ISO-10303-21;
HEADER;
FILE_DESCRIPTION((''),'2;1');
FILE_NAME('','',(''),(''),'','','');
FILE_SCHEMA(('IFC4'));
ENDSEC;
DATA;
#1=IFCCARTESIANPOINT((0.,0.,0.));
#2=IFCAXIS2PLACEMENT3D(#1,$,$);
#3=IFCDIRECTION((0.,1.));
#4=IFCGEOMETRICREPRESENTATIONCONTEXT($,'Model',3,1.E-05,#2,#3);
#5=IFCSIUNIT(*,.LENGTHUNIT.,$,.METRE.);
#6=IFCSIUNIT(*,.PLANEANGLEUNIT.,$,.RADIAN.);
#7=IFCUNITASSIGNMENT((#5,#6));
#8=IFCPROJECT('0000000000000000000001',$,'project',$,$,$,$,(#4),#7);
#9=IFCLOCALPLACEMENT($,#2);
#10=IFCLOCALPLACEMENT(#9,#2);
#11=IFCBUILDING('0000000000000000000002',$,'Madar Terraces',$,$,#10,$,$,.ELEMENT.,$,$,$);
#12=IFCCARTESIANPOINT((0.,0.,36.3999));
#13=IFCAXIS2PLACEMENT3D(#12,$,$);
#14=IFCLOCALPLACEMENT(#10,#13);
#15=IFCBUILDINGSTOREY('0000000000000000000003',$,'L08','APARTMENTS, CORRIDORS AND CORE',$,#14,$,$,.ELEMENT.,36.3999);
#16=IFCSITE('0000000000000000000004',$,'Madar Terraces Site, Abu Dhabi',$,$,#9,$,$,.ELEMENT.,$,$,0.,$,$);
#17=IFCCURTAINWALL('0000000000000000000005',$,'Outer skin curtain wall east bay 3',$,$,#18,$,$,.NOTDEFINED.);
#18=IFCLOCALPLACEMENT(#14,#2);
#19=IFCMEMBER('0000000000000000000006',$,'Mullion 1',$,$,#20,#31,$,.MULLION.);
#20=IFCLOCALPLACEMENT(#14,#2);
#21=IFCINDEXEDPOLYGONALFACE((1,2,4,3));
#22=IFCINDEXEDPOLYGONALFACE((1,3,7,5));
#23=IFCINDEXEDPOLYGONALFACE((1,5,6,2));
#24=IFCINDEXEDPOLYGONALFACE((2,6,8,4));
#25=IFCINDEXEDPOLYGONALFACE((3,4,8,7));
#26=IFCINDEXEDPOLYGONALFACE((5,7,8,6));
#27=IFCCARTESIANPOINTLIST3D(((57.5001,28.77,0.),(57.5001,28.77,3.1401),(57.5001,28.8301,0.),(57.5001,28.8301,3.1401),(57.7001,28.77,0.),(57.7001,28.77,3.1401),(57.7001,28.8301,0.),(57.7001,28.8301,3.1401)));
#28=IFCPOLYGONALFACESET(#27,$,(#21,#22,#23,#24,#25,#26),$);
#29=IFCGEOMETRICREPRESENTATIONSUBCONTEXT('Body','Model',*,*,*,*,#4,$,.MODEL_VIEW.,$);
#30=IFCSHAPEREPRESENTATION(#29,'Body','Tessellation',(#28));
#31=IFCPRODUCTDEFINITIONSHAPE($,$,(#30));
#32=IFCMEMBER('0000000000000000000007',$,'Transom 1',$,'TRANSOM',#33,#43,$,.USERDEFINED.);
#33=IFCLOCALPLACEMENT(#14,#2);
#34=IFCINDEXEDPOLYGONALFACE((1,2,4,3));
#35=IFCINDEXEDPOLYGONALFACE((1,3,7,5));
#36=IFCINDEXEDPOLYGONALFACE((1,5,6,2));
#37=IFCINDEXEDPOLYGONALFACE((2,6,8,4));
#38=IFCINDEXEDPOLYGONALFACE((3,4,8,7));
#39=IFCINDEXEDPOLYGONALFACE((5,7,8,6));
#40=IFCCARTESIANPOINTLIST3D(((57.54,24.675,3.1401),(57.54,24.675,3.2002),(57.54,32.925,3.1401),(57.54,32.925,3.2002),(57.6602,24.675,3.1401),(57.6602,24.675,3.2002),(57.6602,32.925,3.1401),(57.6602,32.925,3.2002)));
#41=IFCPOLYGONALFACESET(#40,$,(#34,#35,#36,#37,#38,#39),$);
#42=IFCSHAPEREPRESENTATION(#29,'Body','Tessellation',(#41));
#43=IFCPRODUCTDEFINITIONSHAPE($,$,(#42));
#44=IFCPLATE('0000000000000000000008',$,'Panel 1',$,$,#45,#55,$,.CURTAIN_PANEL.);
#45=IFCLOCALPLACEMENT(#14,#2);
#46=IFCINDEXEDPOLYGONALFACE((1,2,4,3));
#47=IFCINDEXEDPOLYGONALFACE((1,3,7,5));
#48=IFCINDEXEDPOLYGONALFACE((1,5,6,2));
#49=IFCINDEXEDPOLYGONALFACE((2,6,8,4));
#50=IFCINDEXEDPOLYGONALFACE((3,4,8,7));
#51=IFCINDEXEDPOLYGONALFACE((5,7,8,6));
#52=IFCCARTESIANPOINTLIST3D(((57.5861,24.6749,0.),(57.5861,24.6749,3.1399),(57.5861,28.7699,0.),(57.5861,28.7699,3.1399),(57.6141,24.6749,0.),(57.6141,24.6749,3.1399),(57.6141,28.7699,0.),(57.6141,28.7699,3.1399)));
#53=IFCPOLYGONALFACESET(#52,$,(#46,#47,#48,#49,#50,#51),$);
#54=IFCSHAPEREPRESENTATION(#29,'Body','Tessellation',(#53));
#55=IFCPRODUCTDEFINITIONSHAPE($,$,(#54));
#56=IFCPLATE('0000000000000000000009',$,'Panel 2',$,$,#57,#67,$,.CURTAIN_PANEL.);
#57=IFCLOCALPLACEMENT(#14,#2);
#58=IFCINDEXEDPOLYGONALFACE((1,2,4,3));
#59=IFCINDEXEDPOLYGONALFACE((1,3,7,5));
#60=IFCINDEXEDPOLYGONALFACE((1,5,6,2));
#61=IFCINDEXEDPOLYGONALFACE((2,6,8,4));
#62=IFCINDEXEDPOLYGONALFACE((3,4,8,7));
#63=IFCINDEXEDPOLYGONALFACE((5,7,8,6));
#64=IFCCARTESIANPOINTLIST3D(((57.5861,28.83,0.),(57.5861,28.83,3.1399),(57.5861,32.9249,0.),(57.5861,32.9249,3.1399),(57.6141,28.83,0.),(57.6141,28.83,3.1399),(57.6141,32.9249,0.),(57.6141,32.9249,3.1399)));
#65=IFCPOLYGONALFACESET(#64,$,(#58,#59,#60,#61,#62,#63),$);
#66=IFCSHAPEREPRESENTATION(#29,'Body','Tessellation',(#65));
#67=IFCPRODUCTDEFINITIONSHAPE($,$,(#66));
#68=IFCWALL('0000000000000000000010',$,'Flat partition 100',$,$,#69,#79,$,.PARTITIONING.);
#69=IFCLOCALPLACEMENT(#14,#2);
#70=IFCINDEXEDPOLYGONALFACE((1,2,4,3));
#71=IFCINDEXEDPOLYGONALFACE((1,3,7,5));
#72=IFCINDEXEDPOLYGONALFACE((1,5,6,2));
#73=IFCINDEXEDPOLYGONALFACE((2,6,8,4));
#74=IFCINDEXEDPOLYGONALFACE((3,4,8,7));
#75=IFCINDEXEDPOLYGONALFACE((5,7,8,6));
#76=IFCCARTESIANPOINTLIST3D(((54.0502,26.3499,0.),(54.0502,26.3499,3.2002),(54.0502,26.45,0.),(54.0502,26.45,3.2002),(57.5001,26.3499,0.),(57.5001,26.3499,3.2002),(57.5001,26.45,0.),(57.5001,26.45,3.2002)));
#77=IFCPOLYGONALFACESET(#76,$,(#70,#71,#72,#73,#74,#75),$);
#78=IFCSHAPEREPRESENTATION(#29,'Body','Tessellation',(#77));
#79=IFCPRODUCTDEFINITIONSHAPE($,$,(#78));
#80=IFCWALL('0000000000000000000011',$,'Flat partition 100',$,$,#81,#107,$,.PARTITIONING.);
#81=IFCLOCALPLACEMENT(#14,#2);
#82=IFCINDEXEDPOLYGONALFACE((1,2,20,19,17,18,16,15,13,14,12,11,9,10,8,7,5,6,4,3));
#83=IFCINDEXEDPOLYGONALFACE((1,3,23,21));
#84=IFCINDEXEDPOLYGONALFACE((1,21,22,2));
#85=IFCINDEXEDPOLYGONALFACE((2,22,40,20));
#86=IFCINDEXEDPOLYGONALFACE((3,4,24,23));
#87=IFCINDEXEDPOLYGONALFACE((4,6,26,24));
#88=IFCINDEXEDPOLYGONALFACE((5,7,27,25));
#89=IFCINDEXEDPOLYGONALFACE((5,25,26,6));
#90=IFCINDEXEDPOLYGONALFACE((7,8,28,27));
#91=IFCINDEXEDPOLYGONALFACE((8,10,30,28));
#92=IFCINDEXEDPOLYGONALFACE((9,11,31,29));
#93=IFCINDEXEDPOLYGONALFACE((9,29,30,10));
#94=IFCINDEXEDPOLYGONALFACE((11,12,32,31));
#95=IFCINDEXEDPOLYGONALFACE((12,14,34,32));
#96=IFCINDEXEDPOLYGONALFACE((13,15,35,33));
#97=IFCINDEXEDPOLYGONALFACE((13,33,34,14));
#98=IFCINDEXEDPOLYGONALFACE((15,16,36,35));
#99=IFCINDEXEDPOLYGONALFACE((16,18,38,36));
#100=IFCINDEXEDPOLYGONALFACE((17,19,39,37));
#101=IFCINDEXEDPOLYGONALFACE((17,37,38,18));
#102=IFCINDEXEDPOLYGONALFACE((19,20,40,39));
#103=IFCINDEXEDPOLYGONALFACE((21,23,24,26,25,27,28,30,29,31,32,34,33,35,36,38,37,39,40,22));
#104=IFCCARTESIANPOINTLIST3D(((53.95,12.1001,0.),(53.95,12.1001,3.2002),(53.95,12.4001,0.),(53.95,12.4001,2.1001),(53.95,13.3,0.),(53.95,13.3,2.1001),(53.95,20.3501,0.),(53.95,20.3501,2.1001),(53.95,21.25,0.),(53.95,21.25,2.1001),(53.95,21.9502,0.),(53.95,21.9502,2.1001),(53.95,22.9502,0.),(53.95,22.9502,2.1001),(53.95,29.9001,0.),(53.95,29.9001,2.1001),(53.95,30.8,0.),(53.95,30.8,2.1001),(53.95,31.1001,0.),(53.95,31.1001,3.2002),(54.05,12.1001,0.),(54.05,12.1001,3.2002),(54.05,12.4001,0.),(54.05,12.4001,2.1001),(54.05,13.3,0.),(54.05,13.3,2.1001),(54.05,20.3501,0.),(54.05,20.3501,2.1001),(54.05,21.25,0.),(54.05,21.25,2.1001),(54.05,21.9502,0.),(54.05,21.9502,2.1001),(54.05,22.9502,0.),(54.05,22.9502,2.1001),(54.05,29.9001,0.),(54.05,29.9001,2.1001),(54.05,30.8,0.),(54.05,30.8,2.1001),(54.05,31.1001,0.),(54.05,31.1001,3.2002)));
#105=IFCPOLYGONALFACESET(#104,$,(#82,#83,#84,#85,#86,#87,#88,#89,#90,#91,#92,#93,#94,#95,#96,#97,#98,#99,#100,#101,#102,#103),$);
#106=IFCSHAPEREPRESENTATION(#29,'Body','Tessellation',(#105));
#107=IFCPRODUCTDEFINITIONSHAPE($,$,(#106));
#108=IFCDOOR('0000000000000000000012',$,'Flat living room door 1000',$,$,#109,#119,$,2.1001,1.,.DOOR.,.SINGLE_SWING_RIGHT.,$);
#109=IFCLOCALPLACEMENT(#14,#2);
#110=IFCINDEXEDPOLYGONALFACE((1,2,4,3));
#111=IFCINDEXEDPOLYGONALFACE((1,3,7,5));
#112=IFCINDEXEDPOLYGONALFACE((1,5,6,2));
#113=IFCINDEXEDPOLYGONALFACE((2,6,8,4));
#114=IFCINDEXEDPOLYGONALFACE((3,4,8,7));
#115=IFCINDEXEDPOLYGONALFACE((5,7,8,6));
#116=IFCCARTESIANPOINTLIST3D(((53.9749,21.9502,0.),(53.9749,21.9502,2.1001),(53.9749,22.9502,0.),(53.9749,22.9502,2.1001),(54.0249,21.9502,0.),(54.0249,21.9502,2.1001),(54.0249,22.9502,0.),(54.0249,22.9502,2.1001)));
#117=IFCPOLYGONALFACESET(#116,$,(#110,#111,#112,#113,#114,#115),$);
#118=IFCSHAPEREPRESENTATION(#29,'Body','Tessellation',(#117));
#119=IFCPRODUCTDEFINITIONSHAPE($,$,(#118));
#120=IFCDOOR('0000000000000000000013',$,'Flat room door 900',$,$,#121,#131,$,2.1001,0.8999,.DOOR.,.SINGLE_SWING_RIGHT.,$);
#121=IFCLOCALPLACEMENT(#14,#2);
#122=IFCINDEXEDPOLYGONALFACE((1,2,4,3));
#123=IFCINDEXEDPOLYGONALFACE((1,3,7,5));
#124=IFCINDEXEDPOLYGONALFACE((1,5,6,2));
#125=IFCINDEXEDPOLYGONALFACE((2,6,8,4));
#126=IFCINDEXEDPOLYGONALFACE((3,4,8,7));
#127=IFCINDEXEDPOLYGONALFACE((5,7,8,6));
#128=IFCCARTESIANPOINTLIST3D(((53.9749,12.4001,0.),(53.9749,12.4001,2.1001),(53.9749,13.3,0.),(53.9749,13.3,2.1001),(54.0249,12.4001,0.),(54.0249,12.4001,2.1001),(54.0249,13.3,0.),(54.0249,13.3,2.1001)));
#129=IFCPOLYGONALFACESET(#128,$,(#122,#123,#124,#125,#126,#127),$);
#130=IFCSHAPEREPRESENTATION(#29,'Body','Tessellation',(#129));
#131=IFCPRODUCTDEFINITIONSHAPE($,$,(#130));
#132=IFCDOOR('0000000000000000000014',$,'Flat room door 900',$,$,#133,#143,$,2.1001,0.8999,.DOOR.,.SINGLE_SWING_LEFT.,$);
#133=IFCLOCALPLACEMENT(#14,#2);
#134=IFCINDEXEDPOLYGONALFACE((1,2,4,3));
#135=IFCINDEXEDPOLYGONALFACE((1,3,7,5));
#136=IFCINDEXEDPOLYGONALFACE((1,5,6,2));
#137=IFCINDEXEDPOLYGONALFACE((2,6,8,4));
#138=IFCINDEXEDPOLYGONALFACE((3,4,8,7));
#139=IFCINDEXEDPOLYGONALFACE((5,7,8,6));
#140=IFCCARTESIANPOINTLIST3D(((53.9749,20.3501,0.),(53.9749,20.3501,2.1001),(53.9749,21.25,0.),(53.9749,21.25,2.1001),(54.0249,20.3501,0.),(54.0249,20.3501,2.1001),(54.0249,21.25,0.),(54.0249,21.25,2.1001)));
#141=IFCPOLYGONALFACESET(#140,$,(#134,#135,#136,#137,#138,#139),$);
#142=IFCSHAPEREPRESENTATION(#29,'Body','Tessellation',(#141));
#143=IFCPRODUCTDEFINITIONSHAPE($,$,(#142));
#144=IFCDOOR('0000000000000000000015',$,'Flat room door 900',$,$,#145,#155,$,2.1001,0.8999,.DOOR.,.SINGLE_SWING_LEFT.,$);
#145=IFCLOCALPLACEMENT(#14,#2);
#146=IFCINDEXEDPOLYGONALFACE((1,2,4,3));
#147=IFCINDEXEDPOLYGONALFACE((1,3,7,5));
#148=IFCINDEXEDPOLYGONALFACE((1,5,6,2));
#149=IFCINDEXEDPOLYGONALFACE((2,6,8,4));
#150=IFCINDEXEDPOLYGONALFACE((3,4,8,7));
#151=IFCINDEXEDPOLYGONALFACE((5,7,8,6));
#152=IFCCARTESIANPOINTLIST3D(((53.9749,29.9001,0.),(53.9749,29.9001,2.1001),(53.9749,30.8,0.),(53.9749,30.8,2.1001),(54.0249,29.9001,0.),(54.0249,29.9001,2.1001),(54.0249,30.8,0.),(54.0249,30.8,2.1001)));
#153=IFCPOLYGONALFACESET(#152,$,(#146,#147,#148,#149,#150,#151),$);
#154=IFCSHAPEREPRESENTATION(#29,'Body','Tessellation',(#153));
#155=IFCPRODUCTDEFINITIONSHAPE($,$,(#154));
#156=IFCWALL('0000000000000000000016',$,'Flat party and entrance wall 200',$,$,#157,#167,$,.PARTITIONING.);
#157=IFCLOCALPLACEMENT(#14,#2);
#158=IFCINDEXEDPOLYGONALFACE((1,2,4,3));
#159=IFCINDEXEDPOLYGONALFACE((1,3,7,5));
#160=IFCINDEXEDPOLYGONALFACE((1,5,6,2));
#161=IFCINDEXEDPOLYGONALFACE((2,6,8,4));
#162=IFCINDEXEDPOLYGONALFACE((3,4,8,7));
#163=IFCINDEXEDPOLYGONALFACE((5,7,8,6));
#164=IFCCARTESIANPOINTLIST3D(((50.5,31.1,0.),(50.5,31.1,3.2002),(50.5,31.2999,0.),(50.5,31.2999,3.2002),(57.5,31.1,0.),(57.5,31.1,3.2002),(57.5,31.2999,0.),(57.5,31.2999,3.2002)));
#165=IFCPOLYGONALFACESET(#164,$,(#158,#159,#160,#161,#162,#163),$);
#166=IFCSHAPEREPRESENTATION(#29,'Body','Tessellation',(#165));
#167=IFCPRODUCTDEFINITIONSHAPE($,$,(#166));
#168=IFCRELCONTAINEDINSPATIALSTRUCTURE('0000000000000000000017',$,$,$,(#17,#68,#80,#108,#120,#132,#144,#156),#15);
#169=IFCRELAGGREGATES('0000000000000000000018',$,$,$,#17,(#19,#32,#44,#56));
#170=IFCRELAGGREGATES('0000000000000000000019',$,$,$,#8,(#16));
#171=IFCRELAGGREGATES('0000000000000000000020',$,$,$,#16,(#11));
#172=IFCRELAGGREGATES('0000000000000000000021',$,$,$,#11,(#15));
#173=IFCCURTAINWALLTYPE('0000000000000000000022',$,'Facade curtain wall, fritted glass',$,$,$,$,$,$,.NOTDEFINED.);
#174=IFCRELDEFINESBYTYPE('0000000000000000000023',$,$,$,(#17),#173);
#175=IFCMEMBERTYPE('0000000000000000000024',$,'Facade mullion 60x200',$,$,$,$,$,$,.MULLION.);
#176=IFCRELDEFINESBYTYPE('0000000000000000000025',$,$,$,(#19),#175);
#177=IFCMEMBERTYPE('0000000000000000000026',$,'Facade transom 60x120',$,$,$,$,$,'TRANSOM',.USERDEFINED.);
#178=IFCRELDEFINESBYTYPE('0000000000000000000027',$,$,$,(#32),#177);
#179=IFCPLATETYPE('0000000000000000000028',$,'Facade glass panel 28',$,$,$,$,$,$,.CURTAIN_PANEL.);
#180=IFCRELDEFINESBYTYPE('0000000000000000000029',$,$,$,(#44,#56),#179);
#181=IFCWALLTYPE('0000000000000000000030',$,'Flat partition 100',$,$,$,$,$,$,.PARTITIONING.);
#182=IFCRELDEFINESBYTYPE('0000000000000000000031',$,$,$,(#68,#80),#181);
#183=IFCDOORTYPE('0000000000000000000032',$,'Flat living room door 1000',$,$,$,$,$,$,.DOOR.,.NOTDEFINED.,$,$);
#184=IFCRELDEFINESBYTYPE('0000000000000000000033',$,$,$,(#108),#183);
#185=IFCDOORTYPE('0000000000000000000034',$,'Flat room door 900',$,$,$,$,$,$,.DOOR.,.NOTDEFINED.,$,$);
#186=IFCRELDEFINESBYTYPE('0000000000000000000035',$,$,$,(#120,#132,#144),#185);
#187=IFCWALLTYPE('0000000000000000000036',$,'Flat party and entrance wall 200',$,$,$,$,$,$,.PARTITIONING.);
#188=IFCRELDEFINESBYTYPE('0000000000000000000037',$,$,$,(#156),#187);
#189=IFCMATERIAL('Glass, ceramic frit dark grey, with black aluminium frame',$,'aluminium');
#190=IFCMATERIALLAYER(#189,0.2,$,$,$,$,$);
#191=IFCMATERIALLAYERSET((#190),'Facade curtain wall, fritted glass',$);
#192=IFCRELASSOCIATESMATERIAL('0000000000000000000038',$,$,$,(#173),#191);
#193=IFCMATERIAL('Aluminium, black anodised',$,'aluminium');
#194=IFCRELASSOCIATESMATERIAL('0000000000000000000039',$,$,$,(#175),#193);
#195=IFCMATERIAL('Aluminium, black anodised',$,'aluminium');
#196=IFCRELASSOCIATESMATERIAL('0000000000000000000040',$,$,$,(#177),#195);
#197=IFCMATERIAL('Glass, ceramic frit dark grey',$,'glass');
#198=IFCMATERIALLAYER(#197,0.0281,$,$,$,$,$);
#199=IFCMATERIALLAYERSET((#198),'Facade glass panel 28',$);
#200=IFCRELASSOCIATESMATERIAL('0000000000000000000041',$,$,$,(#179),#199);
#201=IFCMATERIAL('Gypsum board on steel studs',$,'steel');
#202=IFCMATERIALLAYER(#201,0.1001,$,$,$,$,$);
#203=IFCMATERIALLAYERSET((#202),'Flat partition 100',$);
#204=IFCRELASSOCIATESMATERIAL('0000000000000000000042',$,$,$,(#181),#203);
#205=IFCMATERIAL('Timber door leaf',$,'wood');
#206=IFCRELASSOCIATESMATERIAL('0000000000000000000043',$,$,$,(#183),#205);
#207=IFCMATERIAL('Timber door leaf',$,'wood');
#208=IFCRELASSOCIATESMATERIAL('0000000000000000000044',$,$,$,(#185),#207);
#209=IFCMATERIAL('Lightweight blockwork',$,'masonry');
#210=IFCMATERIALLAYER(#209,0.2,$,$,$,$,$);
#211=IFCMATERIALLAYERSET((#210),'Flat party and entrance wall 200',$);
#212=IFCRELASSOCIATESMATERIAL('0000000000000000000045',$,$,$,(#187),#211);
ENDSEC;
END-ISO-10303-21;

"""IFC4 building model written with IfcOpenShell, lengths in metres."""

from ifc_helpers import new_model, si_unit, direction, frame, frame_2d, origin, origin_2d, place, context, subcontext, project, spatial, rectangle, extrude, material, layer, layer_set, material_profile, profile_set, type_object, element, fill, aggregate, save


model = new_model("IFC4")

# Units and contexts
model_context = context("Model", 3, precision=1e-05, world=origin(), true_north=direction((0.0, 1.0)))
body_context = subcontext(model_context, "Body", "Model", "MODEL_VIEW")
ifc_project = project(units=[si_unit("LENGTHUNIT", "METRE"), si_unit("PLANEANGLEUNIT", "RADIAN")], contexts=[model_context])

# Site, building, storey
site_placement = place(None, origin())
site = spatial("IfcSite", under=ifc_project, at=site_placement, Name="Madar Terraces Site, Abu Dhabi", CompositionType="ELEMENT", RefElevation=0.0)
building_placement = place(site_placement, origin())
building = spatial("IfcBuilding", under=site, at=building_placement, Name="Madar Terraces", CompositionType="ELEMENT")
storey_placement = place(building_placement, frame((0.0, 0.0, 36.3999)))
storey = spatial("IfcBuildingStorey", under=building, at=storey_placement, Name="L08", Description="APARTMENTS, CORRIDORS AND CORE", CompositionType="ELEMENT", Elevation=36.3999)

# Curtain wall, members, plates
ifc_material_1 = material(Name="Glass, ceramic frit dark grey, with black aluminium frame", Category="aluminium")
ifc_layer_1 = layer(ifc_material_1, 0.2)
ifc_layer_set_1 = layer_set([ifc_layer_1], Name="Facade curtain wall, fritted glass")
curtain_wall_type = type_object("IfcCurtainWallType", Name="Facade curtain wall, fritted glass", PredefinedType="NOTDEFINED", material=ifc_layer_set_1)
curtain_wall_placement = place(storey_placement, origin())
curtain_wall = element("IfcCurtainWall", 1, at=curtain_wall_placement, inside=storey, type_object=curtain_wall_type, Name="Outer skin curtain wall east bay 3", PredefinedType="NOTDEFINED")
ifc_material_2 = material(Name="Aluminium, black anodised", Category="aluminium")
ifc_material_profile_1 = material_profile(ifc_material_2, rectangle(XDim=0.2, YDim=0.0601, at=origin_2d()), Name="Facade mullion 60x200")
ifc_profile_set_1 = profile_set([ifc_material_profile_1], Name="Aluminium, black anodised")
member_type_1 = type_object("IfcMemberType", Name="Facade mullion 60x200", PredefinedType="MULLION", material=ifc_profile_set_1)
member_1_placement = place(storey_placement, frame((57.6001, 28.8, 0.0), z_axis=(0.0, 0.0, 1.0), x_axis=(-1.0, 0.0, 0.0)))
member_1 = element("IfcMember", 2, at=member_1_placement, type_object=member_type_1, Name="Mullion 1", PredefinedType="MULLION", context=body_context, shape_type="SweptSolid", body=[
    extrude(rectangle(XDim=0.2, YDim=0.0601, at=origin_2d()), origin(), (0.0, 0.0, 1.0), 3.1401),
])
ifc_material_3 = material(Name="Aluminium, black anodised", Category="aluminium")
ifc_material_profile_2 = material_profile(ifc_material_3, rectangle(XDim=0.1201, YDim=0.0601, at=origin_2d()), Name="Facade transom 60x120")
ifc_profile_set_2 = profile_set([ifc_material_profile_2], Name="Aluminium, black anodised")
member_type_2 = type_object("IfcMemberType", Name="Facade transom 60x120", ElementType="TRANSOM", PredefinedType="USERDEFINED", material=ifc_profile_set_2)
member_2_placement = place(storey_placement, frame((57.6001, 24.675, 3.1702), z_axis=(0.0, 1.0, 0.0), x_axis=(-1.0, 0.0, 0.0)))
member_2 = element("IfcMember", 3, at=member_2_placement, type_object=member_type_2, Name="Transom 1", ObjectType="TRANSOM", PredefinedType="USERDEFINED", context=body_context, shape_type="SweptSolid", body=[
    extrude(rectangle(XDim=0.1201, YDim=0.0601, at=origin_2d()), origin(), (0.0, 0.0, 1.0), 8.25),
])
ifc_material_4 = material(Name="Glass, ceramic frit dark grey", Category="glass")
ifc_layer_2 = layer(ifc_material_4, 0.0281)
ifc_layer_set_2 = layer_set([ifc_layer_2], Name="Facade glass panel 28")
plate_type = type_object("IfcPlateType", Name="Facade glass panel 28", PredefinedType="CURTAIN_PANEL", material=ifc_layer_set_2)
plate_1_placement = place(storey_placement, frame((57.6001, 26.7224, 0.0), z_axis=(0.0, 0.0, 1.0), x_axis=(0.0, 1.0, 0.0)))
plate_1 = element("IfcPlate", 4, at=plate_1_placement, type_object=plate_type, Name="Panel 1", PredefinedType="CURTAIN_PANEL", context=body_context, shape_type="SweptSolid", body=[
    extrude(rectangle(XDim=4.095, YDim=0.0281, at=origin_2d()), origin(), (0.0, 0.0, 1.0), 3.1399),
])
plate_2_placement = place(storey_placement, frame((57.6001, 30.8774, 0.0), z_axis=(0.0, 0.0, 1.0), x_axis=(0.0, 1.0, 0.0)))
plate_2 = element("IfcPlate", 5, at=plate_2_placement, type_object=plate_type, Name="Panel 2", PredefinedType="CURTAIN_PANEL", context=body_context, shape_type="SweptSolid", body=[
    extrude(rectangle(XDim=4.095, YDim=0.0281, at=origin_2d()), origin(), (0.0, 0.0, 1.0), 3.1399),
])
aggregate(curtain_wall, [member_1, member_2, plate_1, plate_2])

# Wall
ifc_material_5 = material(Name="Gypsum board on steel studs", Category="steel")
ifc_layer_3 = layer(ifc_material_5, 0.1001)
ifc_layer_set_3 = layer_set([ifc_layer_3], Name="Flat partition 100")
wall_type_1 = type_object("IfcWallType", Name="Flat partition 100", PredefinedType="PARTITIONING", material=ifc_layer_set_3)
wall_1_placement = place(storey_placement, frame((54.05, 26.3999, 0.0), z_axis=(0.0, 0.0, 1.0), x_axis=(1.0, 0.0, 0.0)))
element("IfcWall", 6, at=wall_1_placement, inside=storey, type_object=wall_type_1, Name="Flat partition 100", PredefinedType="PARTITIONING", context=body_context, shape_type="SweptSolid", body=[
    extrude(rectangle(XDim=3.45, YDim=0.1001, at=frame_2d((1.7251, 0.0))), origin(), (0.0, 0.0, 1.0), 3.2002),
])

# Wall, openings, doors
wall_2_placement = place(storey_placement, frame((54.0, 31.1001, 0.0), z_axis=(0.0, 0.0, 1.0), x_axis=(0.0, -1.0, 0.0)))
wall_2 = element("IfcWall", 7, at=wall_2_placement, inside=storey, type_object=wall_type_1, Name="Flat partition 100", PredefinedType="PARTITIONING", context=body_context, shape_type="SweptSolid", body=[
    extrude(rectangle(XDim=19.0, YDim=0.1001, at=frame_2d((9.5, 0.0))), origin(), (0.0, 0.0, 1.0), 3.2002),
])
opening_1_placement = place(wall_2_placement, frame((17.8, 0.0, 0.0)))
opening_1 = element("IfcOpeningElement", 8, at=opening_1_placement, cuts=wall_2, PredefinedType="OPENING", context=body_context, shape_type="SweptSolid", body=[
    extrude(rectangle(XDim=0.8999, YDim=2.1001, at=frame_2d((0.45, 1.05))), frame((0.0, 0.0601, 0.0), z_axis=(0.0, -1.0, 0.0), x_axis=(1.0, 0.0, 0.0)), (0.0, 0.0, 1.0), 0.1201),
])
opening_2_placement = place(wall_2_placement, frame((9.8501, 0.0, 0.0)))
opening_2 = element("IfcOpeningElement", 9, at=opening_2_placement, cuts=wall_2, PredefinedType="OPENING", context=body_context, shape_type="SweptSolid", body=[
    extrude(rectangle(XDim=0.8999, YDim=2.1001, at=frame_2d((0.45, 1.05))), frame((0.0, 0.0601, 0.0), z_axis=(0.0, -1.0, 0.0), x_axis=(1.0, 0.0, 0.0)), (0.0, 0.0, 1.0), 0.1201),
])
opening_3_placement = place(wall_2_placement, frame((8.1499, 0.0, 0.0)))
opening_3 = element("IfcOpeningElement", 10, at=opening_3_placement, cuts=wall_2, PredefinedType="OPENING", context=body_context, shape_type="SweptSolid", body=[
    extrude(rectangle(XDim=1.0, YDim=2.1001, at=frame_2d((0.5, 1.05))), frame((0.0, 0.0601, 0.0), z_axis=(0.0, -1.0, 0.0), x_axis=(1.0, 0.0, 0.0)), (0.0, 0.0, 1.0), 0.1201),
])
opening_4_placement = place(wall_2_placement, frame((0.3, 0.0, 0.0)))
opening_4 = element("IfcOpeningElement", 11, at=opening_4_placement, cuts=wall_2, PredefinedType="OPENING", context=body_context, shape_type="SweptSolid", body=[
    extrude(rectangle(XDim=0.8999, YDim=2.1001, at=frame_2d((0.45, 1.05))), frame((0.0, 0.0601, 0.0), z_axis=(0.0, -1.0, 0.0), x_axis=(1.0, 0.0, 0.0)), (0.0, 0.0, 1.0), 0.1201),
])
ifc_material_6 = material(Name="Timber door leaf", Category="wood")
door_type_1 = type_object("IfcDoorType", Name="Flat living room door 1000", OperationType="NOTDEFINED", PredefinedType="DOOR", material=ifc_material_6)
door_1_placement = place(opening_3_placement, origin())
door_1 = element("IfcDoor", 12, at=door_1_placement, inside=storey, type_object=door_type_1, Name="Flat living room door 1000", OperationType="SINGLE_SWING_RIGHT", OverallHeight=2.1001, OverallWidth=1.0, PredefinedType="DOOR", context=body_context, shape_type="SweptSolid", body=[
    extrude(rectangle(XDim=1.0, YDim=2.1001, at=frame_2d((0.5, 1.05))), frame((0.0, 0.0249, 0.0), z_axis=(0.0, -1.0, 0.0), x_axis=(1.0, 0.0, 0.0)), (0.0, 0.0, 1.0), 0.05),
])
fill(opening_3, door_1)
ifc_material_7 = material(Name="Timber door leaf", Category="wood")
door_type_2 = type_object("IfcDoorType", Name="Flat room door 900", OperationType="NOTDEFINED", PredefinedType="DOOR", material=ifc_material_7)
door_2_placement = place(opening_1_placement, origin())
door_2 = element("IfcDoor", 13, at=door_2_placement, inside=storey, type_object=door_type_2, Name="Flat room door 900", OperationType="SINGLE_SWING_RIGHT", OverallHeight=2.1001, OverallWidth=0.8999, PredefinedType="DOOR", context=body_context, shape_type="SweptSolid", body=[
    extrude(rectangle(XDim=0.8999, YDim=2.1001, at=frame_2d((0.45, 1.05))), frame((0.0, 0.0249, 0.0), z_axis=(0.0, -1.0, 0.0), x_axis=(1.0, 0.0, 0.0)), (0.0, 0.0, 1.0), 0.05),
])
fill(opening_1, door_2)
door_3_placement = place(opening_2_placement, origin())
door_3 = element("IfcDoor", 14, at=door_3_placement, inside=storey, type_object=door_type_2, Name="Flat room door 900", OperationType="SINGLE_SWING_LEFT", OverallHeight=2.1001, OverallWidth=0.8999, PredefinedType="DOOR", context=body_context, shape_type="SweptSolid", body=[
    extrude(rectangle(XDim=0.8999, YDim=2.1001, at=frame_2d((0.45, 1.05))), frame((0.0, 0.0249, 0.0), z_axis=(0.0, -1.0, 0.0), x_axis=(1.0, 0.0, 0.0)), (0.0, 0.0, 1.0), 0.05),
])
fill(opening_2, door_3)
door_4_placement = place(opening_4_placement, origin())
door_4 = element("IfcDoor", 15, at=door_4_placement, inside=storey, type_object=door_type_2, Name="Flat room door 900", OperationType="SINGLE_SWING_LEFT", OverallHeight=2.1001, OverallWidth=0.8999, PredefinedType="DOOR", context=body_context, shape_type="SweptSolid", body=[
    extrude(rectangle(XDim=0.8999, YDim=2.1001, at=frame_2d((0.45, 1.05))), frame((0.0, 0.0249, 0.0), z_axis=(0.0, -1.0, 0.0), x_axis=(1.0, 0.0, 0.0)), (0.0, 0.0, 1.0), 0.05),
])
fill(opening_4, door_4)

# Wall
ifc_material_8 = material(Name="Lightweight blockwork", Category="masonry")
ifc_layer_4 = layer(ifc_material_8, 0.2)
ifc_layer_set_4 = layer_set([ifc_layer_4], Name="Flat party and entrance wall 200")
wall_type_2 = type_object("IfcWallType", Name="Flat party and entrance wall 200", PredefinedType="PARTITIONING", material=ifc_layer_set_4)
wall_3_placement = place(storey_placement, frame((50.5, 31.2, 0.0), z_axis=(0.0, 0.0, 1.0), x_axis=(1.0, 0.0, 0.0)))
element("IfcWall", 16, at=wall_3_placement, inside=storey, type_object=wall_type_2, Name="Flat party and entrance wall 200", PredefinedType="PARTITIONING", context=body_context, shape_type="SweptSolid", body=[
    extrude(rectangle(XDim=7.0, YDim=0.2, at=frame_2d((3.5, 0.0))), origin(), (0.0, 0.0, 1.0), 3.2002),
])

save(model, "model.ifc")
